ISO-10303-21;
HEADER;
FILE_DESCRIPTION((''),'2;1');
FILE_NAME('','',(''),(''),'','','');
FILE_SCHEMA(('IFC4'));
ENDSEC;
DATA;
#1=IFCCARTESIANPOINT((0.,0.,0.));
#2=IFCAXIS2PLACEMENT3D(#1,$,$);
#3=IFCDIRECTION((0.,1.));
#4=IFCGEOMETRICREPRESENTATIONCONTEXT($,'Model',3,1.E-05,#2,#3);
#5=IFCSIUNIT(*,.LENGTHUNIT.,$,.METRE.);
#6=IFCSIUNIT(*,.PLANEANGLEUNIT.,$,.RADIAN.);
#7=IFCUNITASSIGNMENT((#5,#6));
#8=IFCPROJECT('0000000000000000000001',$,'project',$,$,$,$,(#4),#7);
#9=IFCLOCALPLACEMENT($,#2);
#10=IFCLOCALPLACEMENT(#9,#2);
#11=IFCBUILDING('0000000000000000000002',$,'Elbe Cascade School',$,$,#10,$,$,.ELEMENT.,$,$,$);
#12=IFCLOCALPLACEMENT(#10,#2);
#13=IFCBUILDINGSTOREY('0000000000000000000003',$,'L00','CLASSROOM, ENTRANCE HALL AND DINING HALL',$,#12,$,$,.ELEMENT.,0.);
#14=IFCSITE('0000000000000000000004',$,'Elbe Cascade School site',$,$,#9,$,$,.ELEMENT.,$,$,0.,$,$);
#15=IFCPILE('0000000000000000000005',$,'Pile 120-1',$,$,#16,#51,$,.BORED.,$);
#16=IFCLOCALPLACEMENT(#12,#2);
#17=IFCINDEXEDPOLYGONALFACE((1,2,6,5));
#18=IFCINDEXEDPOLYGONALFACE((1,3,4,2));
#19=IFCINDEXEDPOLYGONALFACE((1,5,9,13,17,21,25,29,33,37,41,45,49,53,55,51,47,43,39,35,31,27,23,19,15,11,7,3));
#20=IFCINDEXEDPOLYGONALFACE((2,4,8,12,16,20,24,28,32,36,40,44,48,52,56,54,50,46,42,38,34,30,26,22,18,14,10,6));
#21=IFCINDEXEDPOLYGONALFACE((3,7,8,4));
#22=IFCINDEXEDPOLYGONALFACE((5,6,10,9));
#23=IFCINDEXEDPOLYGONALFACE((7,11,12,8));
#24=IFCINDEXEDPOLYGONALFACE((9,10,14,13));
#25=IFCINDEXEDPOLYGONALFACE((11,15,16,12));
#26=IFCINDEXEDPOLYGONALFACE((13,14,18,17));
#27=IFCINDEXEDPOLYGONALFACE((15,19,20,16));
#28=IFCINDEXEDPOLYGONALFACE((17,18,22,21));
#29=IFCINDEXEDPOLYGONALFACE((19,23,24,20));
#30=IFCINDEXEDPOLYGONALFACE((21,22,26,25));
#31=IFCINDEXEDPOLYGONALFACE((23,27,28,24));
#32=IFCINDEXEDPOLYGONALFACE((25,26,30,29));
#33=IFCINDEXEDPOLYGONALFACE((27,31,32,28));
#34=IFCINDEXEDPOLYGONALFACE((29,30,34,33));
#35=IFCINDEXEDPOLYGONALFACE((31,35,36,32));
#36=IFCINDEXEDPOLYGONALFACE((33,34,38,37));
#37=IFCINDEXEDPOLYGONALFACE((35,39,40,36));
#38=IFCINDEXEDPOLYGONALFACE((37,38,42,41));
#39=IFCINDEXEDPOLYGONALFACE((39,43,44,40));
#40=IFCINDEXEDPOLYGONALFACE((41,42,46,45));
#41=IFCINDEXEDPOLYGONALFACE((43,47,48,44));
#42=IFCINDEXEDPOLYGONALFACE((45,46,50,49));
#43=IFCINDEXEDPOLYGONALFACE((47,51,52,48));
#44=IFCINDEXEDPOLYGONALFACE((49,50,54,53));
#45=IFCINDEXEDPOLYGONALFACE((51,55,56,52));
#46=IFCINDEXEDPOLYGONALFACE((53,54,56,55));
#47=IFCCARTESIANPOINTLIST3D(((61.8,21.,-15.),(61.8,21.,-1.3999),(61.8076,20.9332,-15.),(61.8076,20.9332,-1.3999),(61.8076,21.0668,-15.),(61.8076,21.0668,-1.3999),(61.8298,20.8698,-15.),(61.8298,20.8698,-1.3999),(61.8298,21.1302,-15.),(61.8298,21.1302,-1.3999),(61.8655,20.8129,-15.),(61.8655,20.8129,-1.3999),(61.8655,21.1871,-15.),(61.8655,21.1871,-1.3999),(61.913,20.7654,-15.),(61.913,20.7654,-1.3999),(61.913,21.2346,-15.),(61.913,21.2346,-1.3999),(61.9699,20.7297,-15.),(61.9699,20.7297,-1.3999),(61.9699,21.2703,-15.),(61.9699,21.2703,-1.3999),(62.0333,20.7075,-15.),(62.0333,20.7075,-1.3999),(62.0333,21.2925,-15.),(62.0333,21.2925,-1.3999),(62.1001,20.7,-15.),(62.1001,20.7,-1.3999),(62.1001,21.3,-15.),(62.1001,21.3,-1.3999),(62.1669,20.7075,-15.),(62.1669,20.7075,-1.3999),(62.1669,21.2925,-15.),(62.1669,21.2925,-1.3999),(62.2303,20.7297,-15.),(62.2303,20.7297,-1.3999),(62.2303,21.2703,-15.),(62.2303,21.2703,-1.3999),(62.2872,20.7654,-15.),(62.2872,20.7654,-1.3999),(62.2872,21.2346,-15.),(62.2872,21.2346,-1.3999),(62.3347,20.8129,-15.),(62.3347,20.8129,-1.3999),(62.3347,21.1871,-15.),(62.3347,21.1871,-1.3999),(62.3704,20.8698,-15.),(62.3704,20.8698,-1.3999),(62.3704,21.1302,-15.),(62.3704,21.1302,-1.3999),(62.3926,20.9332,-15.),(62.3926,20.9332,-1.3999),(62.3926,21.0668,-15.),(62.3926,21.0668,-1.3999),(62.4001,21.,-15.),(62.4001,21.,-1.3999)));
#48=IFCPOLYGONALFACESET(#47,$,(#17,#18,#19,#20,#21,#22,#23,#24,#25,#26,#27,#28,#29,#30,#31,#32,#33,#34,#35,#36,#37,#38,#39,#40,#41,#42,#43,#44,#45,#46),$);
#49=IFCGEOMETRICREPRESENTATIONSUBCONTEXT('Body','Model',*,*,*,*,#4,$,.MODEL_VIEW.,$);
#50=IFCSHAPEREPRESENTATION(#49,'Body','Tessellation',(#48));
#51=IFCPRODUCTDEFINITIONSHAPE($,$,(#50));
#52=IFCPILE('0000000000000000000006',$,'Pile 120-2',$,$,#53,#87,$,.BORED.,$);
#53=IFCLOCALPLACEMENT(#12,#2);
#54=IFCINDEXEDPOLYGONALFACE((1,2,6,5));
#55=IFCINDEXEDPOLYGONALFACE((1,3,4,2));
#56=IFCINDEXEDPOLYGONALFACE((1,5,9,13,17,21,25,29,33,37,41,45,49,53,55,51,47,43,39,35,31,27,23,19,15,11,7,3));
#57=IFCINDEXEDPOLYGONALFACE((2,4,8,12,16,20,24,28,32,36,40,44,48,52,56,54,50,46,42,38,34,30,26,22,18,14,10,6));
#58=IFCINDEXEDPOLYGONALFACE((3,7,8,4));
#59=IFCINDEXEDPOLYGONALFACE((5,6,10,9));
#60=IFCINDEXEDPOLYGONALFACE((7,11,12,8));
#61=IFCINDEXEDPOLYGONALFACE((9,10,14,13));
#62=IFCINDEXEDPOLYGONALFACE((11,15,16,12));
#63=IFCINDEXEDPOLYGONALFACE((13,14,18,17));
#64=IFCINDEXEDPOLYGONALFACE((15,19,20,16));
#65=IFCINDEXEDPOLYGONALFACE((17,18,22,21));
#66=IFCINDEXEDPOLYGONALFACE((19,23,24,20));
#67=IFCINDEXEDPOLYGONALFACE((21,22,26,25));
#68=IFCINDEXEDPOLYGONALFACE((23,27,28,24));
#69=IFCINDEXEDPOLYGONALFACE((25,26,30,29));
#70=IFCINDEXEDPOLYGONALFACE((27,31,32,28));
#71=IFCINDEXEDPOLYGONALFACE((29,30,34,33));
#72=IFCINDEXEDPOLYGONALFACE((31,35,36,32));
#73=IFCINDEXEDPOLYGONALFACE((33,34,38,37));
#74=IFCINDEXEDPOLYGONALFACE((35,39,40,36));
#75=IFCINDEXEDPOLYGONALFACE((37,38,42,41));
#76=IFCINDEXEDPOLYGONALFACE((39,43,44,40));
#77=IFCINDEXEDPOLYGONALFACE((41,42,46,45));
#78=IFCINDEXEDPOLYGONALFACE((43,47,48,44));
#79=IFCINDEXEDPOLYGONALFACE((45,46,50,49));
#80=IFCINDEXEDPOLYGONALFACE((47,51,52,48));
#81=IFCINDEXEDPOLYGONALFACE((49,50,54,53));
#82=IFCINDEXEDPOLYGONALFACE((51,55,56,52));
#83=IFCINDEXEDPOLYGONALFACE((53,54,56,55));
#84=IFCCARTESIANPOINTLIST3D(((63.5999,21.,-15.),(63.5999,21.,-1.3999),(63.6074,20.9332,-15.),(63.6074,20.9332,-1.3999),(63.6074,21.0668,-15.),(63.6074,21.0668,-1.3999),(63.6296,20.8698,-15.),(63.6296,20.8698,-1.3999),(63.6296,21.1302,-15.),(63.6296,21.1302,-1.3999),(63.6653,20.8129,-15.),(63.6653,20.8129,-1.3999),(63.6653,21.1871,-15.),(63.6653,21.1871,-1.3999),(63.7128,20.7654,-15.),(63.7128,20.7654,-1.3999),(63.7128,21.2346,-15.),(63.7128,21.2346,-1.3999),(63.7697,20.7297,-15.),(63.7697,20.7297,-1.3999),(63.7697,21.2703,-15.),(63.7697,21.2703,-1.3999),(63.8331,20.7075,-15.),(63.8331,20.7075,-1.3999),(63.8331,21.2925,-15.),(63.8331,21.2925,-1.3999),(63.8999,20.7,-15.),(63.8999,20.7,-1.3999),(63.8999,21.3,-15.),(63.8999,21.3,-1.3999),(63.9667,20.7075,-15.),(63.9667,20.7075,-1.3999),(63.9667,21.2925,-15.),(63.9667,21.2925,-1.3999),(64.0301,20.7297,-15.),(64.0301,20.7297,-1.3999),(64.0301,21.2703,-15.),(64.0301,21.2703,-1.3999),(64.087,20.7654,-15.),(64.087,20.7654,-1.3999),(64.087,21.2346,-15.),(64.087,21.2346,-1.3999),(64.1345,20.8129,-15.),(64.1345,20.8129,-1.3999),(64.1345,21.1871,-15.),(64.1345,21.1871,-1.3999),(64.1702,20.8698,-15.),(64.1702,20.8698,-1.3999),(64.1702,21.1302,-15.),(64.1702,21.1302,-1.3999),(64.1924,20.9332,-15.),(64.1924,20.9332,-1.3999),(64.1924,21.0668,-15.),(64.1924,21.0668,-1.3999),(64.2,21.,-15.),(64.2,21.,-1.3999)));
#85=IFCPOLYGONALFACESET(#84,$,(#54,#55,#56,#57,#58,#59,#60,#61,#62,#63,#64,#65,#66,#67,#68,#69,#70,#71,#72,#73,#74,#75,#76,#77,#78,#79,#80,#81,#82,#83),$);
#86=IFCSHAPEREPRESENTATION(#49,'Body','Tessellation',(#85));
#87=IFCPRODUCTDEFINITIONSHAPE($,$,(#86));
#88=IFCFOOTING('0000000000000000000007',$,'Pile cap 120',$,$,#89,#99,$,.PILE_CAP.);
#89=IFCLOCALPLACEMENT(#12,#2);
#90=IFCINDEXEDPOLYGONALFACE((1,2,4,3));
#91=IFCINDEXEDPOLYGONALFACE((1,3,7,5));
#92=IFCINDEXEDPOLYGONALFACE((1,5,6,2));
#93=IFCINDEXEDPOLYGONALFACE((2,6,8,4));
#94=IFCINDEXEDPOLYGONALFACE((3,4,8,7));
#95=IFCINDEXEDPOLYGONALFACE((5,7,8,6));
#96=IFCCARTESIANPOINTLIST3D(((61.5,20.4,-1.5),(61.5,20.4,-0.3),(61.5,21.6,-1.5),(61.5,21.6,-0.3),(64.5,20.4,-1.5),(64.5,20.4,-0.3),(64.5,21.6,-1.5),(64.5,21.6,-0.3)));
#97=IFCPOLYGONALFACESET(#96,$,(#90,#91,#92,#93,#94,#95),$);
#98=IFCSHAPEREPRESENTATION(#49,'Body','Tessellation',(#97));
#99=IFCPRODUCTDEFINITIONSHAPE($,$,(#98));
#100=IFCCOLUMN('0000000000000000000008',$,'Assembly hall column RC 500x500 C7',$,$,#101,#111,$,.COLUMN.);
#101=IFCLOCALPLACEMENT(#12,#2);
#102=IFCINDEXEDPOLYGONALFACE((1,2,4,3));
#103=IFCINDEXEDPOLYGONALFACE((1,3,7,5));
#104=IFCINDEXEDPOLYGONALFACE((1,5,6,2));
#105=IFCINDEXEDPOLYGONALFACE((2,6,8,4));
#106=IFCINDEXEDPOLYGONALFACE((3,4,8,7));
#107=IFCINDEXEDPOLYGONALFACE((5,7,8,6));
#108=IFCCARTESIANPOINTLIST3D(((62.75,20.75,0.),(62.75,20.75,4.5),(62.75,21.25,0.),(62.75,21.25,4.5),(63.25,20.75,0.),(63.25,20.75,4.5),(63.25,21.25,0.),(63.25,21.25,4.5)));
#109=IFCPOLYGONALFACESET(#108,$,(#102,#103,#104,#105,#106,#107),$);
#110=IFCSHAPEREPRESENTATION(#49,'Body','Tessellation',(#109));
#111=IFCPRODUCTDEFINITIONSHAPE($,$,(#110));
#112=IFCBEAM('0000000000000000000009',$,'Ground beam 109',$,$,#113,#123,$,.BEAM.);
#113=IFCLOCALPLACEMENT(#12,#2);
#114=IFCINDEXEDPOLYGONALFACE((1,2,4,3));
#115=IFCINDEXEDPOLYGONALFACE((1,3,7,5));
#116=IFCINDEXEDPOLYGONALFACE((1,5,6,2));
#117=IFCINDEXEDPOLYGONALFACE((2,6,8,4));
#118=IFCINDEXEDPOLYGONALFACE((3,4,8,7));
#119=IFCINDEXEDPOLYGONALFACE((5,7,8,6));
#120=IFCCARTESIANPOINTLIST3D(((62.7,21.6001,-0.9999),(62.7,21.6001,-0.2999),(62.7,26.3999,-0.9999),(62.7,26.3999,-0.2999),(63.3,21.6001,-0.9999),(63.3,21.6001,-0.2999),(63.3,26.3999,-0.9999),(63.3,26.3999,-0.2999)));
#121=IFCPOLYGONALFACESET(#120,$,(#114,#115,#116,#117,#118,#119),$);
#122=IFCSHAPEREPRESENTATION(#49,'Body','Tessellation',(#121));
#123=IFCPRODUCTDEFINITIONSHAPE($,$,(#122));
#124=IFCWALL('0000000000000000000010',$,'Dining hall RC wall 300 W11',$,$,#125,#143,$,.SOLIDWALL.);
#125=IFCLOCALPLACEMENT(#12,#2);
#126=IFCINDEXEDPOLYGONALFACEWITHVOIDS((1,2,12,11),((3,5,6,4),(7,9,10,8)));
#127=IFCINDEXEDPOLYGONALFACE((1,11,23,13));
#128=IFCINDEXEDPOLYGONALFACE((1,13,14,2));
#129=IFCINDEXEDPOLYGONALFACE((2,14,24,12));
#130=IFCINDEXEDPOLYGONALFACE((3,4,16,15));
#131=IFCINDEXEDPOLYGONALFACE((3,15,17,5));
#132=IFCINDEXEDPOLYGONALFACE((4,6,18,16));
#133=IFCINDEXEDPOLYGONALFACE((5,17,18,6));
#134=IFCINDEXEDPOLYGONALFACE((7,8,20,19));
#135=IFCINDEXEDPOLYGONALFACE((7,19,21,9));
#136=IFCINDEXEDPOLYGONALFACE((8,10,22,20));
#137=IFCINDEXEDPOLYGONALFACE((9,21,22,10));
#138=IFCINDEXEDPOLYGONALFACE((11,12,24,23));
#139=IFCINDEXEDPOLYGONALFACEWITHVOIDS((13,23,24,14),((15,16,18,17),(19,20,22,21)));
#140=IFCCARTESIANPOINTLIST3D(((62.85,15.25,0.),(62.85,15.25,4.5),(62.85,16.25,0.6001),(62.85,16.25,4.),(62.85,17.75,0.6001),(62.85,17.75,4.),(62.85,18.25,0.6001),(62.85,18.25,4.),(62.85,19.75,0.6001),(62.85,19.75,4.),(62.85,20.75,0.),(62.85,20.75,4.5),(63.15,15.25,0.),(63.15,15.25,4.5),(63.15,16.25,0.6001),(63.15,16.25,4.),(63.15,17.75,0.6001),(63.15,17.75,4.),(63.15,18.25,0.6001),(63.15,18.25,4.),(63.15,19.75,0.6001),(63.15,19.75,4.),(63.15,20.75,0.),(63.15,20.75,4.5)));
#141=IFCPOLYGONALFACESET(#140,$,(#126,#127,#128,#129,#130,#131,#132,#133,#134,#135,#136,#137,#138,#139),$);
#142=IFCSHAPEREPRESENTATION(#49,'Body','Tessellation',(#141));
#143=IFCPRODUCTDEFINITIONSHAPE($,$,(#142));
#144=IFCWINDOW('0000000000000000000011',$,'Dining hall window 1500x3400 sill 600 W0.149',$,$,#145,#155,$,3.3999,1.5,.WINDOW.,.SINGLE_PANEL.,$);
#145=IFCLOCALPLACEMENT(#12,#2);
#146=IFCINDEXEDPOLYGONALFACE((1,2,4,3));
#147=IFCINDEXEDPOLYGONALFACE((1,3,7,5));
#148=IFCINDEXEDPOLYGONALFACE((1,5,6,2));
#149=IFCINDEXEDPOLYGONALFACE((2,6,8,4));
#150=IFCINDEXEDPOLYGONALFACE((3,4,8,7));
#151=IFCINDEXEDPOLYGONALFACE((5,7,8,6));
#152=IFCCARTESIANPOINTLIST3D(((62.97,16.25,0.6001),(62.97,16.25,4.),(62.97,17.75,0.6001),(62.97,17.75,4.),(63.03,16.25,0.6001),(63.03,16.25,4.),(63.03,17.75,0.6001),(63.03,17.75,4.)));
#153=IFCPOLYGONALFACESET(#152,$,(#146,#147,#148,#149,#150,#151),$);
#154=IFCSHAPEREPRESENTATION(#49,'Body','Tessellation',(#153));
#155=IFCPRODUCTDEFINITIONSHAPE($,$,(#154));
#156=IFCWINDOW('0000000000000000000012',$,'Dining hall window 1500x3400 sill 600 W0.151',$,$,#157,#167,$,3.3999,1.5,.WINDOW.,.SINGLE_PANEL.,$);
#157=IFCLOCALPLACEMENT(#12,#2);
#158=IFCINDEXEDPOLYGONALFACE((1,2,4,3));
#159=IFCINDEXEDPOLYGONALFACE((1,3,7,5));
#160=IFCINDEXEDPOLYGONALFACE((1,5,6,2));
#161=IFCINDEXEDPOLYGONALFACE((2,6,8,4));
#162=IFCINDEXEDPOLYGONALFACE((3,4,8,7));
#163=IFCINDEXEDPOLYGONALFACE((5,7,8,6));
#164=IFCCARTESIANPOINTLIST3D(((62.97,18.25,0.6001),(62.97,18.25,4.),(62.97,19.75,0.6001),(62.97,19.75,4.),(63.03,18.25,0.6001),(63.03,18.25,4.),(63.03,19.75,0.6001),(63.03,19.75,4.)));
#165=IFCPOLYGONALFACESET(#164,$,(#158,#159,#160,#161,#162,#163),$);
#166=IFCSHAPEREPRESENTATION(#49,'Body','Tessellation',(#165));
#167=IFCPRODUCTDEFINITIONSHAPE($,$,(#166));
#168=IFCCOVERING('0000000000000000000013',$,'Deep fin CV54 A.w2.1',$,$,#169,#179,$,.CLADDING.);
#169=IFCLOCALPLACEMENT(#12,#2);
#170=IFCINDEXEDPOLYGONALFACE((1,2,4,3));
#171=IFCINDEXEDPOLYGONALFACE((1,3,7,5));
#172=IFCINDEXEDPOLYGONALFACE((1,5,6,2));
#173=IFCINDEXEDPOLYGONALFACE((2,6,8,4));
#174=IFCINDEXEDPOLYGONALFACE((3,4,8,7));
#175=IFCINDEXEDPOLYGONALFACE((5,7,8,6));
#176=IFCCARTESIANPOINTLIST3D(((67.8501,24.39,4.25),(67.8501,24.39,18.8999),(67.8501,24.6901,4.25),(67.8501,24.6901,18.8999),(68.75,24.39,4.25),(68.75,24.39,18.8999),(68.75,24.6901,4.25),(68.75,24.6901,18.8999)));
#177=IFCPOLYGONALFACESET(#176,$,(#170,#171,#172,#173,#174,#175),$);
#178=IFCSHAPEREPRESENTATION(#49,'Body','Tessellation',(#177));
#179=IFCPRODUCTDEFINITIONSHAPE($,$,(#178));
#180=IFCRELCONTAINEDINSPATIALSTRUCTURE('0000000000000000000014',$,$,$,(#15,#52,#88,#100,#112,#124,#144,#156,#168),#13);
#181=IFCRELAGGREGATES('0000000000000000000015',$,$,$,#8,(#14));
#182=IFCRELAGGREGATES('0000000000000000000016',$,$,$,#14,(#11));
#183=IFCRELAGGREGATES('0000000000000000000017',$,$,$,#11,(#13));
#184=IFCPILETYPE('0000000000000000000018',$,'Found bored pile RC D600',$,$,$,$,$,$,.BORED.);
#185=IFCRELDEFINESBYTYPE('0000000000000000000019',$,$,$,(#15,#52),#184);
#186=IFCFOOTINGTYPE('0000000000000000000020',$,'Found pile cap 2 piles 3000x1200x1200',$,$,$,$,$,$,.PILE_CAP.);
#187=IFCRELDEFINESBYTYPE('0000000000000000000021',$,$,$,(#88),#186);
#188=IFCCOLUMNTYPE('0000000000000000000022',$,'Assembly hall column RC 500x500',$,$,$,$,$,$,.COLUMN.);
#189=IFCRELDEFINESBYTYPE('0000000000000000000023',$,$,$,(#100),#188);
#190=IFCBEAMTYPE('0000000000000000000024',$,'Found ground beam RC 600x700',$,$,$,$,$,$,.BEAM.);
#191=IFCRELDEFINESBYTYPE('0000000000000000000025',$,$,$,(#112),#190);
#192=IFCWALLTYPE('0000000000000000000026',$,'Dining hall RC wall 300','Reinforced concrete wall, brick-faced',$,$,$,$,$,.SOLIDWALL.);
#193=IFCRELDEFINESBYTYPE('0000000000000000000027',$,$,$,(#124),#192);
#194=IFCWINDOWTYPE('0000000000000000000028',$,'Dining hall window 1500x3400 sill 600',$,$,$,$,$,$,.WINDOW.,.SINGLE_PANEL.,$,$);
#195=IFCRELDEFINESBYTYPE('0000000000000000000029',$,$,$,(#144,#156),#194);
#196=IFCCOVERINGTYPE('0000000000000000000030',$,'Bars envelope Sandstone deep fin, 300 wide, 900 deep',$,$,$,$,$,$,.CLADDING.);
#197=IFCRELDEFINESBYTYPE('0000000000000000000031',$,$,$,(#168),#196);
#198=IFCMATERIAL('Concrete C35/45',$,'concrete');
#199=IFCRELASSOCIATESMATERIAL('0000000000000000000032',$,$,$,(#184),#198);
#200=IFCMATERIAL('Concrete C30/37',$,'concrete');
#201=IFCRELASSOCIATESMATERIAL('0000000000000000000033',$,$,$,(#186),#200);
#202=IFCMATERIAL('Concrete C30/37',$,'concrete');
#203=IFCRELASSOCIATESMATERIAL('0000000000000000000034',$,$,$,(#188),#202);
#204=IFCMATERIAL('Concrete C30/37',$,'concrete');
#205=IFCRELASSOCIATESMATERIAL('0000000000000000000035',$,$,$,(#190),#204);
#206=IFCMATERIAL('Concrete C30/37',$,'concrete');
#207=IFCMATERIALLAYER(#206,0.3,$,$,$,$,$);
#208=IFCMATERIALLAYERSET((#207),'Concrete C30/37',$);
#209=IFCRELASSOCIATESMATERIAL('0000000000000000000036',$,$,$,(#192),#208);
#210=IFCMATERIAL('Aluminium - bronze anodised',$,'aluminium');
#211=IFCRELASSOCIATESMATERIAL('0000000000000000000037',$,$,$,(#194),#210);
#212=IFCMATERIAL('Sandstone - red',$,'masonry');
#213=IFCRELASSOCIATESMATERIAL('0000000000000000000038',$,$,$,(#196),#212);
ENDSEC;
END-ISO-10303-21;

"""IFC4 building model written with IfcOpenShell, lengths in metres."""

from ifc_helpers import new_model, si_unit, direction, frame, frame_2d, origin, origin_2d, place, context, subcontext, project, spatial, rectangle, circle, extrude, material, layer, layer_set, material_profile, profile_set, type_object, element, fill, save


model = new_model("IFC4")

# Units and contexts
model_context = context("Model", 3, precision=1e-05, world=origin(), true_north=direction((0.0, 1.0)))
body_context = subcontext(model_context, "Body", "Model", "MODEL_VIEW")
ifc_project = project(units=[si_unit("LENGTHUNIT", "METRE"), si_unit("PLANEANGLEUNIT", "RADIAN")], contexts=[model_context])

# Site, building, storey
site_placement = place(None, origin())
site = spatial("IfcSite", under=ifc_project, at=site_placement, Name="Elbe Cascade School site", CompositionType="ELEMENT", RefElevation=0.0)
building_placement = place(site_placement, origin())
building = spatial("IfcBuilding", under=site, at=building_placement, Name="Elbe Cascade School", CompositionType="ELEMENT")
storey_placement = place(building_placement, origin())
storey = spatial("IfcBuildingStorey", under=building, at=storey_placement, Name="L00", Description="CLASSROOM, ENTRANCE HALL AND DINING HALL", CompositionType="ELEMENT", Elevation=0.0)

# Piles
ifc_material_1 = material(Name="Concrete C35/45", Category="concrete")
ifc_material_profile_1 = material_profile(ifc_material_1, circle(Radius=0.3, at=origin_2d()), Name="RC D600")
ifc_profile_set_1 = profile_set([ifc_material_profile_1], Name="Concrete C35/45")
pile_type = type_object("IfcPileType", Name="Found bored pile RC D600", PredefinedType="BORED", material=ifc_profile_set_1)
for number, where, z_axis, x_axis, name in (
    (1, (62.1001, 21.0, -1.3999), (0.0, 0.0, -1.0), (1.0, 0.0, 0.0), "Pile 120-1"),
    (2, (63.8999, 21.0, -1.3999), (0.0, 0.0, -1.0), (1.0, 0.0, 0.0), "Pile 120-2"),
):
    element("IfcPile", number, at=place(storey_placement, frame(where, z_axis=z_axis, x_axis=x_axis)), inside=storey, type_object=pile_type, Name=name, PredefinedType="BORED", context=body_context, shape_type="SweptSolid", body=[
        extrude(circle(Radius=0.3, at=origin_2d()), origin(), (0.0, 0.0, 1.0), 13.6001),
    ])

# Footing
ifc_material_2 = material(Name="Concrete C30/37", Category="concrete")
footing_type = type_object("IfcFootingType", Name="Found pile cap 2 piles 3000x1200x1200", PredefinedType="PILE_CAP", material=ifc_material_2)
footing_placement = place(storey_placement, frame((63.0, 21.0, -1.5), z_axis=(0.0, 0.0, 1.0), x_axis=(1.0, 0.0, 0.0)))
element("IfcFooting", 3, at=footing_placement, inside=storey, type_object=footing_type, Name="Pile cap 120", PredefinedType="PILE_CAP", context=body_context, shape_type="SweptSolid", body=[
    extrude(rectangle(XDim=3.0, YDim=1.2, at=origin_2d()), origin(), (0.0, 0.0, 1.0), 1.2),
])

# Column
ifc_material_3 = material(Name="Concrete C30/37", Category="concrete")
ifc_material_profile_2 = material_profile(ifc_material_3, rectangle(XDim=0.5, YDim=0.5, at=origin_2d()), Name="RC 500x500")
ifc_profile_set_2 = profile_set([ifc_material_profile_2], Name="Concrete C30/37")
column_type = type_object("IfcColumnType", Name="Assembly hall column RC 500x500", PredefinedType="COLUMN", material=ifc_profile_set_2)
column_placement = place(storey_placement, frame((63.0, 21.0, 0.0), z_axis=(0.0, 0.0, 1.0), x_axis=(1.0, 0.0, 0.0)))
element("IfcColumn", 4, at=column_placement, inside=storey, type_object=column_type, Name="Assembly hall column RC 500x500 C7", PredefinedType="COLUMN", context=body_context, shape_type="SweptSolid", body=[
    extrude(rectangle(XDim=0.5, YDim=0.5, at=origin_2d()), origin(), (0.0, 0.0, 1.0), 4.5),
])

# Beam
ifc_material_4 = material(Name="Concrete C30/37", Category="concrete")
ifc_material_profile_3 = material_profile(ifc_material_4, rectangle(XDim=0.6001, YDim=0.7, at=origin_2d()), Name="RC 600x700")
ifc_profile_set_3 = profile_set([ifc_material_profile_3], Name="Concrete C30/37")
beam_type = type_object("IfcBeamType", Name="Found ground beam RC 600x700", PredefinedType="BEAM", material=ifc_profile_set_3)
beam_placement = place(storey_placement, frame((63.0, 21.6001, -0.6499), z_axis=(0.0, 1.0, 0.0), x_axis=(-1.0, 0.0, 0.0)))
element("IfcBeam", 5, at=beam_placement, inside=storey, type_object=beam_type, Name="Ground beam 109", PredefinedType="BEAM", context=body_context, shape_type="SweptSolid", body=[
    extrude(rectangle(XDim=0.6001, YDim=0.7, at=origin_2d()), origin(), (0.0, 0.0, 1.0), 4.7998),
])

# Wall, openings, windows
ifc_material_5 = material(Name="Concrete C30/37", Category="concrete")
ifc_layer_1 = layer(ifc_material_5, 0.3)
ifc_layer_set_1 = layer_set([ifc_layer_1], Name="Concrete C30/37")
wall_type = type_object("IfcWallType", Name="Dining hall RC wall 300", Description="Reinforced concrete wall, brick-faced", PredefinedType="SOLIDWALL", material=ifc_layer_set_1)
wall_placement = place(storey_placement, frame((63.0, 20.75, 0.0), z_axis=(0.0, 0.0, 1.0), x_axis=(0.0, -1.0, 0.0)))
wall = element("IfcWall", 6, at=wall_placement, inside=storey, type_object=wall_type, Name="Dining hall RC wall 300 W11", PredefinedType="SOLIDWALL", context=body_context, shape_type="SweptSolid", body=[
    extrude(rectangle(XDim=5.5, YDim=0.3, at=frame_2d((2.75, 0.0))), origin(), (0.0, 0.0, 1.0), 4.5),
])
opening_1_placement = place(wall_placement, frame((3.0, 0.0, 0.6001)))
opening_1 = element("IfcOpeningElement", 7, at=opening_1_placement, cuts=wall, PredefinedType="OPENING", context=body_context, shape_type="SweptSolid", body=[
    extrude(rectangle(XDim=1.5, YDim=3.3999, at=frame_2d((0.75, 1.7))), frame((0.0, 0.1599, 0.0), z_axis=(0.0, -1.0, 0.0), x_axis=(1.0, 0.0, 0.0)), (0.0, 0.0, 1.0), 0.3201),
])
opening_2_placement = place(wall_placement, frame((1.0, 0.0, 0.6001)))
opening_2 = element("IfcOpeningElement", 8, at=opening_2_placement, cuts=wall, PredefinedType="OPENING", context=body_context, shape_type="SweptSolid", body=[
    extrude(rectangle(XDim=1.5, YDim=3.3999, at=frame_2d((0.75, 1.7))), frame((0.0, 0.1599, 0.0), z_axis=(0.0, -1.0, 0.0), x_axis=(1.0, 0.0, 0.0)), (0.0, 0.0, 1.0), 0.3201),
])
ifc_material_6 = material(Name="Aluminium - bronze anodised", Category="aluminium")
window_type = type_object("IfcWindowType", Name="Dining hall window 1500x3400 sill 600", PartitioningType="SINGLE_PANEL", PredefinedType="WINDOW", material=ifc_material_6)
window_1_placement = place(opening_1_placement, origin())
window_1 = element("IfcWindow", 9, at=window_1_placement, inside=storey, type_object=window_type, Name="Dining hall window 1500x3400 sill 600 W0.149", OverallHeight=3.3999, OverallWidth=1.5, PartitioningType="SINGLE_PANEL", PredefinedType="WINDOW", context=body_context, shape_type="SweptSolid", body=[
    extrude(rectangle(XDim=1.5, YDim=3.3999, at=frame_2d((0.75, 1.7))), frame((0.0, 0.03, 0.0), z_axis=(0.0, -1.0, 0.0), x_axis=(1.0, 0.0, 0.0)), (0.0, 0.0, 1.0), 0.0601),
])
fill(opening_1, window_1)
window_2_placement = place(opening_2_placement, origin())
window_2 = element("IfcWindow", 10, at=window_2_placement, inside=storey, type_object=window_type, Name="Dining hall window 1500x3400 sill 600 W0.151", OverallHeight=3.3999, OverallWidth=1.5, PartitioningType="SINGLE_PANEL", PredefinedType="WINDOW", context=body_context, shape_type="SweptSolid", body=[
    extrude(rectangle(XDim=1.5, YDim=3.3999, at=frame_2d((0.75, 1.7))), frame((0.0, 0.03, 0.0), z_axis=(0.0, -1.0, 0.0), x_axis=(1.0, 0.0, 0.0)), (0.0, 0.0, 1.0), 0.0601),
])
fill(opening_2, window_2)

# Covering
ifc_material_7 = material(Name="Sandstone - red", Category="masonry")
covering_type_1 = type_object("IfcCoveringType", Name="Bars envelope Sandstone deep fin, 300 wide, 900 deep", PredefinedType="CLADDING", material=ifc_material_7)
for number, where, z_axis, x_axis, name in (
    (11, (68.3, 24.54, 4.25), (0.0, 0.0, 1.0), (0.0, 1.0, 0.0), "Deep fin CV54 A.w2.1"),
):
    element("IfcCovering", number, at=place(storey_placement, frame(where, z_axis=z_axis, x_axis=x_axis)), inside=storey, type_object=covering_type_1, Name=name, PredefinedType="CLADDING", context=body_context, shape_type="SweptSolid", body=[
        extrude(rectangle(XDim=0.3, YDim=0.8999, at=origin_2d()), origin(), (0.0, 0.0, 1.0), 14.6499),
    ])

save(model, "model.ifc")
